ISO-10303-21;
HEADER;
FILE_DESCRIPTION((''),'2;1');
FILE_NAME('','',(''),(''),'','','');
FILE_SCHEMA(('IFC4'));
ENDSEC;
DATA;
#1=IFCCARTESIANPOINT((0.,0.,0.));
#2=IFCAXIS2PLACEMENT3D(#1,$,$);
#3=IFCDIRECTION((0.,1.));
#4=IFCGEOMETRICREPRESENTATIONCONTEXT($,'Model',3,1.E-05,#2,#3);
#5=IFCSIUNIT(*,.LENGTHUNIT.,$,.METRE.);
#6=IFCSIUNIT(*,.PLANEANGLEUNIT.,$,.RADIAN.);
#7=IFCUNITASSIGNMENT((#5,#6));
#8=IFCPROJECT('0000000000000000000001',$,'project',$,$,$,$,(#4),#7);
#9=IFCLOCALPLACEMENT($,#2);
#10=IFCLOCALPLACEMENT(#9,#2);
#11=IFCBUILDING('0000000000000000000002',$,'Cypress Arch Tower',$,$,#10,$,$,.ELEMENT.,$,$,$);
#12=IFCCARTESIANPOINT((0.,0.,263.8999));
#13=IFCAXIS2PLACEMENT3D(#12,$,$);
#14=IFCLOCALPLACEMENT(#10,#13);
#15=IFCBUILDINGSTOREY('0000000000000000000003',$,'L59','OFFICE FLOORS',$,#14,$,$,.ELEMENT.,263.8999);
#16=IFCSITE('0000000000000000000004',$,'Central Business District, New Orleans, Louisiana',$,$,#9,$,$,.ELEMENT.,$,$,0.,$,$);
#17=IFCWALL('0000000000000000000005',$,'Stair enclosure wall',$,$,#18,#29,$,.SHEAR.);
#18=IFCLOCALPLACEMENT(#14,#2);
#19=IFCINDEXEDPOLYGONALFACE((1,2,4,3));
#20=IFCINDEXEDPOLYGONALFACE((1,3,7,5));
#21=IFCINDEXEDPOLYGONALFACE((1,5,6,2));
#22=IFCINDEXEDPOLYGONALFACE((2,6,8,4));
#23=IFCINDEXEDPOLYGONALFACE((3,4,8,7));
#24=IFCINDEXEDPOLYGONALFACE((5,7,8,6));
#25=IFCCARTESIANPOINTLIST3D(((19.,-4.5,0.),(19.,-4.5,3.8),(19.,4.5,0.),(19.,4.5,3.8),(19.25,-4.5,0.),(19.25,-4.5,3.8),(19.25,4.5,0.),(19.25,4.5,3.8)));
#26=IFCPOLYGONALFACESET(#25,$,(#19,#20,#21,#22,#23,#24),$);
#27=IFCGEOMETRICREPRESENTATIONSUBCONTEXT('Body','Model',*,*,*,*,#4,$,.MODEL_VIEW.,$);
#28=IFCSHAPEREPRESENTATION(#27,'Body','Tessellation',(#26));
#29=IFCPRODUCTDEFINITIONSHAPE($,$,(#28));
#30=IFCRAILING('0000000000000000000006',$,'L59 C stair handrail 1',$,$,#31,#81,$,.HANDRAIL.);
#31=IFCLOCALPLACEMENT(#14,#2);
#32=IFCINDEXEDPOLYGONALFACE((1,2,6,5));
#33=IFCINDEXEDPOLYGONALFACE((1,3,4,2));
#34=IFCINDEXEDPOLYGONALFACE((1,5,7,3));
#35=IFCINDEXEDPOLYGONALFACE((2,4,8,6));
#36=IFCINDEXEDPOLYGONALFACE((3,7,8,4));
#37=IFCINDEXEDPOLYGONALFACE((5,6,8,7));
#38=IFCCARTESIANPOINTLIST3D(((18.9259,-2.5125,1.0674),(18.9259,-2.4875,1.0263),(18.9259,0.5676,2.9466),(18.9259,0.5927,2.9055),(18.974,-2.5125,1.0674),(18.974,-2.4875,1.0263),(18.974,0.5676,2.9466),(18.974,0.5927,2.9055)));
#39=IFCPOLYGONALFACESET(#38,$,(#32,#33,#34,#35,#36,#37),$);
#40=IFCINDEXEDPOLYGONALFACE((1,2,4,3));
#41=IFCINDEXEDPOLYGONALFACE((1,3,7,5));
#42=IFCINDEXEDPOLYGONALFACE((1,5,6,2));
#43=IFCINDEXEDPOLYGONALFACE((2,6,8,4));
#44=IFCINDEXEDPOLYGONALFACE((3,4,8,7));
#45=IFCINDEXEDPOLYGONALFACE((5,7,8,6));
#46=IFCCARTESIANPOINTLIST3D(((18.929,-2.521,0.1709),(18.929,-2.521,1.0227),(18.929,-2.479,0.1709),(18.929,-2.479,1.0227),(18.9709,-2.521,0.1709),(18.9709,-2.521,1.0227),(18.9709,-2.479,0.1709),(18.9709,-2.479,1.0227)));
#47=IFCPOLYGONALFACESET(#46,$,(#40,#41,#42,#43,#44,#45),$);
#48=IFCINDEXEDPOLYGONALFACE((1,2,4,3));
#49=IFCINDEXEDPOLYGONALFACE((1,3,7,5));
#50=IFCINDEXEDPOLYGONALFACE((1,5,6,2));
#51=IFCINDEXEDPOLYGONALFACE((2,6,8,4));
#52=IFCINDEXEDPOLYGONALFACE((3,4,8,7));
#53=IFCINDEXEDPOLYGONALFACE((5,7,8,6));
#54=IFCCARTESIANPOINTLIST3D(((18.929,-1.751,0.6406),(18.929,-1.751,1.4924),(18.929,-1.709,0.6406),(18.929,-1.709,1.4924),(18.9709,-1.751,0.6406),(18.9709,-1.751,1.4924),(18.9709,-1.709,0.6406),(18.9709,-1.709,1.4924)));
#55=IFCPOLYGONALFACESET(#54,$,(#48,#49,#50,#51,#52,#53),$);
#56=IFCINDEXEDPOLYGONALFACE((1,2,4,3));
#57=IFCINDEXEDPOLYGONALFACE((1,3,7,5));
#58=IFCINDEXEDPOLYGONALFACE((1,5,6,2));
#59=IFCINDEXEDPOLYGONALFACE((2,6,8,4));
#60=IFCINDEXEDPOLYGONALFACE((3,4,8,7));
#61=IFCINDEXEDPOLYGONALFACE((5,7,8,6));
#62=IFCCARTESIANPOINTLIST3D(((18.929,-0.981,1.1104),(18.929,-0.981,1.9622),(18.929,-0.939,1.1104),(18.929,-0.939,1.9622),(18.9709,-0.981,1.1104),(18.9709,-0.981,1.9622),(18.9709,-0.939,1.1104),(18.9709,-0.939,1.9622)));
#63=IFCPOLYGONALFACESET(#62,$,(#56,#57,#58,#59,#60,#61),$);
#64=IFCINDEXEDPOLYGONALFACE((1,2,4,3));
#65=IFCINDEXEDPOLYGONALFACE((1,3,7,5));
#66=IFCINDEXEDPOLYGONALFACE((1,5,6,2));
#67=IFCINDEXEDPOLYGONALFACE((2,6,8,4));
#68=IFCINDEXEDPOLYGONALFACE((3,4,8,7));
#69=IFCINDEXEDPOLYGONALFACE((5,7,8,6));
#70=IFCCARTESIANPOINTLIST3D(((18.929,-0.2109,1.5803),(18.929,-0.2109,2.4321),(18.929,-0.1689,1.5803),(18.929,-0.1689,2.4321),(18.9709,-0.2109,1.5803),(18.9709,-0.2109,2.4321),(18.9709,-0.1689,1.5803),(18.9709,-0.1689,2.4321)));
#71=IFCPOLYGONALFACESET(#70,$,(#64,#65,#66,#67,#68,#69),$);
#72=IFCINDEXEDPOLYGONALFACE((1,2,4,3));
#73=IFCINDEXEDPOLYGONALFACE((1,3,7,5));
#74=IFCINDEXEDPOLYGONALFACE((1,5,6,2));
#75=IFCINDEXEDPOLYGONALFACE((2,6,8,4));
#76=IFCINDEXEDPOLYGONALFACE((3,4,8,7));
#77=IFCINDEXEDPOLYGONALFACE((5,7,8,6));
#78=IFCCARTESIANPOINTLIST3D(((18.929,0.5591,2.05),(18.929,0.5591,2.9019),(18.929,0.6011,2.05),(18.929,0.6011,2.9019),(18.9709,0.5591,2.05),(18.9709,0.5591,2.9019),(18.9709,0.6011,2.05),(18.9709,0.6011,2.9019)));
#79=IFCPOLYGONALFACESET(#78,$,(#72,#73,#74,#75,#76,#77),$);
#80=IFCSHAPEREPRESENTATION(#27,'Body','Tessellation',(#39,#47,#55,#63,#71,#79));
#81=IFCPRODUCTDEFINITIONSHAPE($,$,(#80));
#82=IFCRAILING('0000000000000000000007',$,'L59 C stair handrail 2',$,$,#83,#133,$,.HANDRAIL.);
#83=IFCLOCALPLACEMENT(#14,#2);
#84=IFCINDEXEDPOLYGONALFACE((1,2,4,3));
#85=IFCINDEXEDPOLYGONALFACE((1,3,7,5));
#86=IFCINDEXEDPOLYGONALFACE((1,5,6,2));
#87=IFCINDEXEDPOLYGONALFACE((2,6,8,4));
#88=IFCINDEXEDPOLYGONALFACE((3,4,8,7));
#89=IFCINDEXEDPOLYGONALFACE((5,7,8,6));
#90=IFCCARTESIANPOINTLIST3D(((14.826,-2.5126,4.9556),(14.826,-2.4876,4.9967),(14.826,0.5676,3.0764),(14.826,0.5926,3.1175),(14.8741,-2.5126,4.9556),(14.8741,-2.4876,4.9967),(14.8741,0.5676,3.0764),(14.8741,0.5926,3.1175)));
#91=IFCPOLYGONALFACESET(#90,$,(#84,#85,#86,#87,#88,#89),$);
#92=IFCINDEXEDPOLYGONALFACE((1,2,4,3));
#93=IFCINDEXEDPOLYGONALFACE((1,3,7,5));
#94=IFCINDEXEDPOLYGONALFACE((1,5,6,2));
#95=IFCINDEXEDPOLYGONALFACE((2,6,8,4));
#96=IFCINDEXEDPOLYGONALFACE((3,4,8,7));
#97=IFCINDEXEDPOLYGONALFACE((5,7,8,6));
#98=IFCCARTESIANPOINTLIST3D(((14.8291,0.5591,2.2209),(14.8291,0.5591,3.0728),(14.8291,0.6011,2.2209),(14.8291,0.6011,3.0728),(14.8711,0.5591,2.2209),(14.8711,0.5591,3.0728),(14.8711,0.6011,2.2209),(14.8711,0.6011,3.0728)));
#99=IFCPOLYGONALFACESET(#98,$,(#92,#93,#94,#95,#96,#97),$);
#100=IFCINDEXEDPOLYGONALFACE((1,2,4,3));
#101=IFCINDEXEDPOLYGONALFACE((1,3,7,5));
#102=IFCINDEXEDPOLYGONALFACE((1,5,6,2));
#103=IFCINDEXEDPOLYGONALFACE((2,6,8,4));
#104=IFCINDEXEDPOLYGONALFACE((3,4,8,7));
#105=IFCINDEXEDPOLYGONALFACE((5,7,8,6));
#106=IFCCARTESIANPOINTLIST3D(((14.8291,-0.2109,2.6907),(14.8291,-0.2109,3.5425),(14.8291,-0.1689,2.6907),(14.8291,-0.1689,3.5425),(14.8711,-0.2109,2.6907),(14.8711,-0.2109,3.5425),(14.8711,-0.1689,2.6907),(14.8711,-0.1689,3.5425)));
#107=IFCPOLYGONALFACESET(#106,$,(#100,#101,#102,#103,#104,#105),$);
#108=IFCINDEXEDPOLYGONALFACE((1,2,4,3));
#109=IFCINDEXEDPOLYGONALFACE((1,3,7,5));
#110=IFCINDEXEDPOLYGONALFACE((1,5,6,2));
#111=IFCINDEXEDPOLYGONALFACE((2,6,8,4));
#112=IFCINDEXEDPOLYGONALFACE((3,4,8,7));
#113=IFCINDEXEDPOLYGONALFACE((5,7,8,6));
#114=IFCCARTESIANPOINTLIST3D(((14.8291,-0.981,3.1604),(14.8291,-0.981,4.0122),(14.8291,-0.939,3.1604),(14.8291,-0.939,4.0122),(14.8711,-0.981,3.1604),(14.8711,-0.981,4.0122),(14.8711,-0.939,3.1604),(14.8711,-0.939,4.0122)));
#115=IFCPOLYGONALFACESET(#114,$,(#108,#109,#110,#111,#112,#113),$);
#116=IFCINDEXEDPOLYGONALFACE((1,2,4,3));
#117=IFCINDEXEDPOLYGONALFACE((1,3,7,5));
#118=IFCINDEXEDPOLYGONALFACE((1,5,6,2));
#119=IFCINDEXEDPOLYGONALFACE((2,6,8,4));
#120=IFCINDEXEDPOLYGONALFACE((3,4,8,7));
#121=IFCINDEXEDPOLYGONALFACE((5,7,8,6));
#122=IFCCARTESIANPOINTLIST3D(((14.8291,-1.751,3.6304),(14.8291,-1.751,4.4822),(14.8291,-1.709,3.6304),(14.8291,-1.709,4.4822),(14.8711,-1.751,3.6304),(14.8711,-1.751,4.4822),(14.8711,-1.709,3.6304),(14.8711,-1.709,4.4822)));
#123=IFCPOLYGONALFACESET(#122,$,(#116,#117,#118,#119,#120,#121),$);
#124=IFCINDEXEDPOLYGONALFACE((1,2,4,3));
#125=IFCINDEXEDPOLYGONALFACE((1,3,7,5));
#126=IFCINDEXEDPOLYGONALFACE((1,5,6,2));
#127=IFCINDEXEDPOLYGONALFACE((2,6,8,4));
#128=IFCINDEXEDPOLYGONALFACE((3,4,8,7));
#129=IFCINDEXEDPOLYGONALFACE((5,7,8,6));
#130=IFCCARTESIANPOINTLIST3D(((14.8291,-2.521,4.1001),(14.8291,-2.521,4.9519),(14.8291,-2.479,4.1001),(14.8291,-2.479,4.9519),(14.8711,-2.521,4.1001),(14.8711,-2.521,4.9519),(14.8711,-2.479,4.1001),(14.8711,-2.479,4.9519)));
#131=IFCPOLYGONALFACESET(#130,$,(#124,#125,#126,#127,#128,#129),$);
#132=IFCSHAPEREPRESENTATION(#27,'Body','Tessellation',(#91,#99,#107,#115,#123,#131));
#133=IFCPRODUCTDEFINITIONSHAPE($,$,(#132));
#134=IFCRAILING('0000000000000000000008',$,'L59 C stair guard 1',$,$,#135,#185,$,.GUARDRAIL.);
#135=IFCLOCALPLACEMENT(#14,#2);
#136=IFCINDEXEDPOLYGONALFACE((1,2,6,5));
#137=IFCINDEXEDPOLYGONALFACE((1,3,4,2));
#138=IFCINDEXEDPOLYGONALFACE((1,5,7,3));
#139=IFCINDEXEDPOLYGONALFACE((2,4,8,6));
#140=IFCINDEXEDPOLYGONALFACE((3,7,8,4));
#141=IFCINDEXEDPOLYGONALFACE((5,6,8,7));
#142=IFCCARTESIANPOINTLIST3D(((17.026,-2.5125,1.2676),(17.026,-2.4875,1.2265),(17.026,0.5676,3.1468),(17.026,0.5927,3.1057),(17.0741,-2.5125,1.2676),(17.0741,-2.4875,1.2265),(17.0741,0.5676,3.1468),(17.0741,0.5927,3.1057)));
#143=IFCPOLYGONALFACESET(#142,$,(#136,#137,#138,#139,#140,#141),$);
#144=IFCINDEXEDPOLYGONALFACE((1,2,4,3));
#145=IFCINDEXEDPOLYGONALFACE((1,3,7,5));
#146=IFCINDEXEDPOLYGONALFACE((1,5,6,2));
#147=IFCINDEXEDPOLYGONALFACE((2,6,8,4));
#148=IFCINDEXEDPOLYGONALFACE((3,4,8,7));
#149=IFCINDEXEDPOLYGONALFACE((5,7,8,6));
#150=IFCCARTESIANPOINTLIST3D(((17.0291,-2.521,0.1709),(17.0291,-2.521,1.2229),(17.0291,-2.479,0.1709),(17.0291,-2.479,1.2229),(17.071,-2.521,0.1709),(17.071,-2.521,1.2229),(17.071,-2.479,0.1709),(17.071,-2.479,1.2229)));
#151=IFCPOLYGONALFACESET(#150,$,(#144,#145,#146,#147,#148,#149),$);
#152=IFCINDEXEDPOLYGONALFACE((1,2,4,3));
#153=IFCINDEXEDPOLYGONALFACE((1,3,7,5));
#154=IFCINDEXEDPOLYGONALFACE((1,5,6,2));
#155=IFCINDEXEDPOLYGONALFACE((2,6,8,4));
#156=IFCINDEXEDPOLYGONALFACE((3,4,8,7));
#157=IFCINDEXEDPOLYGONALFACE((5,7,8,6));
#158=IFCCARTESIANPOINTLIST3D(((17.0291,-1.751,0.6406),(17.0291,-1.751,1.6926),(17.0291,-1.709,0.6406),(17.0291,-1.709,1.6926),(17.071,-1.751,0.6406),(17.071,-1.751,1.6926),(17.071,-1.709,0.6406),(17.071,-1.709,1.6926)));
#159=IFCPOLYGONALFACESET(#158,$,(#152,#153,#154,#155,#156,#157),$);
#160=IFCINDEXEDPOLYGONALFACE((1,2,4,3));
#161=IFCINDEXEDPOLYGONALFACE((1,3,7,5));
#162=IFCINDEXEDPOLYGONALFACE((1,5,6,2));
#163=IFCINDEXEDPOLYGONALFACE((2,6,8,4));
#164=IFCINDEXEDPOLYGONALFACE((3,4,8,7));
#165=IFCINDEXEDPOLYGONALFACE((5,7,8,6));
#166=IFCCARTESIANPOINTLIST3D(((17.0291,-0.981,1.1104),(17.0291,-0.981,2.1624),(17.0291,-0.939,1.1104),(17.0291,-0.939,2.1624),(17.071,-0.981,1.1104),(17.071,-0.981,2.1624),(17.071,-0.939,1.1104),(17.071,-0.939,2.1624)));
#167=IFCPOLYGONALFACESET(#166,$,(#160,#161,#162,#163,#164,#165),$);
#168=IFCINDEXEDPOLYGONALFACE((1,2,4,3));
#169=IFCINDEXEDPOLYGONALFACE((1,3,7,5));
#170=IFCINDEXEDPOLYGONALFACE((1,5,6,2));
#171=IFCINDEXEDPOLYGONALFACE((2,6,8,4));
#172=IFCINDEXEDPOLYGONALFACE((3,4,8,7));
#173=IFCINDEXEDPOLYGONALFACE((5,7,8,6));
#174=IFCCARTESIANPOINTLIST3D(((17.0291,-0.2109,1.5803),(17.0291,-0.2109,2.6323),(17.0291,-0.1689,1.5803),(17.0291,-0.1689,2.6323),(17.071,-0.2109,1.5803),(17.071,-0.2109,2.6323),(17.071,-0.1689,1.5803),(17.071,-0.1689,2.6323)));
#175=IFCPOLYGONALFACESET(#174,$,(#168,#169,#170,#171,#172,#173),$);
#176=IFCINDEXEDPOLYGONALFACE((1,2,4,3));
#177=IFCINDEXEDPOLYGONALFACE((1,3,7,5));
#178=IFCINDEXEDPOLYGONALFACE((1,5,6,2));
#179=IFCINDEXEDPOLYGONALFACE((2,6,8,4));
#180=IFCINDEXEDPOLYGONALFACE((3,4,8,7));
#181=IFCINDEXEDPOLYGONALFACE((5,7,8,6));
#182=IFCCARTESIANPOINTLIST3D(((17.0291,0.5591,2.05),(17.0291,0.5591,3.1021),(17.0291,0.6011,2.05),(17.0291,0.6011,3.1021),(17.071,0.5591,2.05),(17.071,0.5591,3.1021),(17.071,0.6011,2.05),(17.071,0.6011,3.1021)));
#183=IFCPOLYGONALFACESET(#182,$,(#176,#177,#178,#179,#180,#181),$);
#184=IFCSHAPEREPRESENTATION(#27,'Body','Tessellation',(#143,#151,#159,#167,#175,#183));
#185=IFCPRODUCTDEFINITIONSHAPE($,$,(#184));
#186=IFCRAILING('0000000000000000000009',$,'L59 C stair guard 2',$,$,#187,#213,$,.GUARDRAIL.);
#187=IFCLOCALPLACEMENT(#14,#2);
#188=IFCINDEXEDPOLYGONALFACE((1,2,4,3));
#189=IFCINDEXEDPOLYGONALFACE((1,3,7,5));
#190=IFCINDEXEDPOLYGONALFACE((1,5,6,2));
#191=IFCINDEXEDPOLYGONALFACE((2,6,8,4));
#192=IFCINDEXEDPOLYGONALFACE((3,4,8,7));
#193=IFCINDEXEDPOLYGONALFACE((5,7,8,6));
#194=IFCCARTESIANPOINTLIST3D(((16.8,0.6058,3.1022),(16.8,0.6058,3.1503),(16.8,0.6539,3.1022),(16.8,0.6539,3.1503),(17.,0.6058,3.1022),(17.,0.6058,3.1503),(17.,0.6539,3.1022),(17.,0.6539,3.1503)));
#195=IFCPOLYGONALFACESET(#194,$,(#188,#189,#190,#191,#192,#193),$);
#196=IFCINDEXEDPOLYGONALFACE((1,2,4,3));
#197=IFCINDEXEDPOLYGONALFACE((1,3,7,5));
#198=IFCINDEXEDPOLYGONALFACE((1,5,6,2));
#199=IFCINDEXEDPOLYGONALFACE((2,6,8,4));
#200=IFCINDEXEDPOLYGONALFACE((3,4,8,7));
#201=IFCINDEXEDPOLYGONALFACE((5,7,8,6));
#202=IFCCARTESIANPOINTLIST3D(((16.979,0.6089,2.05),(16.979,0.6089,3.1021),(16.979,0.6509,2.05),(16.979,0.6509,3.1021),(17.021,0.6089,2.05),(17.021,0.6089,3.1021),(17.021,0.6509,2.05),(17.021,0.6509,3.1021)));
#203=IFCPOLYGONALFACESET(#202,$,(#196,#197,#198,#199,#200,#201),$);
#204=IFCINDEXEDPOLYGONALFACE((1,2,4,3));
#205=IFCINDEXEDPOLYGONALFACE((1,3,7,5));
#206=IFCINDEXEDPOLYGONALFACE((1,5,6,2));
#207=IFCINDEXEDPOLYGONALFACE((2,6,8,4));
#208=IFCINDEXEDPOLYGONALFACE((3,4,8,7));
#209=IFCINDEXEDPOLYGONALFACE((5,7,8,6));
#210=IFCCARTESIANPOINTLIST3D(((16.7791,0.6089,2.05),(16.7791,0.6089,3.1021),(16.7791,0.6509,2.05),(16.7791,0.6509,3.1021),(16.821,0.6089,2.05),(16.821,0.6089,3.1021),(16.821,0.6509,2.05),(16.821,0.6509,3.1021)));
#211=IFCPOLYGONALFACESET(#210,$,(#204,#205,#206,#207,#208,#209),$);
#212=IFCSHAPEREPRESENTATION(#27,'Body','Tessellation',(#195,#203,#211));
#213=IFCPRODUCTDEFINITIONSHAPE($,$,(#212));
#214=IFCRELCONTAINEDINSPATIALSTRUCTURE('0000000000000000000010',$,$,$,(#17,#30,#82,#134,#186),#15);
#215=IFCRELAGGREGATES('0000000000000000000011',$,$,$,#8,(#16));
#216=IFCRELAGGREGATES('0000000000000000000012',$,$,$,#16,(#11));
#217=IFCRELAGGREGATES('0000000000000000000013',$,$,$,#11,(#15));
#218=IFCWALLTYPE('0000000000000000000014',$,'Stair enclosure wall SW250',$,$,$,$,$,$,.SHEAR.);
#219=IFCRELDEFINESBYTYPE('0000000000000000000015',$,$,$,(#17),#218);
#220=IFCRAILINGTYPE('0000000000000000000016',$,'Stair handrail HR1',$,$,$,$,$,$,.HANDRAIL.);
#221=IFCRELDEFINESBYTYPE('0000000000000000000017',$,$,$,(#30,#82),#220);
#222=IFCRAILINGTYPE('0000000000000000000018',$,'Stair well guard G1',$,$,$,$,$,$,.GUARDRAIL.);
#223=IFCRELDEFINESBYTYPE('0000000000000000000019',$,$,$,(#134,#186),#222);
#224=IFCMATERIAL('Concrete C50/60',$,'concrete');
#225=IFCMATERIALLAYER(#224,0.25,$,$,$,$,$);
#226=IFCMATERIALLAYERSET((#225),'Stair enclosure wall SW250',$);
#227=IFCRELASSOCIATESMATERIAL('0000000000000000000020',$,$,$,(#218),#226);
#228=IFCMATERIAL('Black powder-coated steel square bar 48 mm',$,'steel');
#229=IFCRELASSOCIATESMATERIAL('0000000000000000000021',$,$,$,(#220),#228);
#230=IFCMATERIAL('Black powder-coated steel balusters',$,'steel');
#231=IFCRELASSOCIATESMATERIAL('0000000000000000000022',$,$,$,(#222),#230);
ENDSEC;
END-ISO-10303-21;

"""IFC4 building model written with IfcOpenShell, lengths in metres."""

from ifc_helpers import new_model, si_unit, direction, frame, frame_2d, origin, origin_2d, place, context, subcontext, project, spatial, rectangle, extrude, material, layer, layer_set, type_object, element, save


model = new_model("IFC4")

# Units and contexts
model_context = context("Model", 3, precision=1e-05, world=origin(), true_north=direction((0.0, 1.0)))
body_context = subcontext(model_context, "Body", "Model", "MODEL_VIEW")
ifc_project = project(units=[si_unit("LENGTHUNIT", "METRE"), si_unit("PLANEANGLEUNIT", "RADIAN")], contexts=[model_context])

# Site, building, storey
site_placement = place(None, origin())
site = spatial("IfcSite", under=ifc_project, at=site_placement, Name="Central Business District, New Orleans, Louisiana", CompositionType="ELEMENT", RefElevation=0.0)
building_placement = place(site_placement, origin())
building = spatial("IfcBuilding", under=site, at=building_placement, Name="Cypress Arch Tower", CompositionType="ELEMENT")
storey_placement = place(building_placement, frame((0.0, 0.0, 263.8999)))
storey = spatial("IfcBuildingStorey", under=building, at=storey_placement, Name="L59", Description="OFFICE FLOORS", CompositionType="ELEMENT", Elevation=263.8999)

# Wall
ifc_material_1 = material(Name="Concrete C50/60", Category="concrete")
ifc_layer_1 = layer(ifc_material_1, 0.25)
ifc_layer_set_1 = layer_set([ifc_layer_1], Name="Stair enclosure wall SW250")
wall_type_1 = type_object("IfcWallType", Name="Stair enclosure wall SW250", PredefinedType="SHEAR", material=ifc_layer_set_1)
wall_1_placement = place(storey_placement, frame((19.125, -4.5, 0.0), z_axis=(0.0, 0.0, 1.0), x_axis=(0.0, 1.0, 0.0)))
element("IfcWall", 1, at=wall_1_placement, inside=storey, type_object=wall_type_1, Name="Stair enclosure wall", PredefinedType="SHEAR", context=body_context, shape_type="SweptSolid", body=[
    extrude(rectangle(XDim=9.0, YDim=0.25, at=frame_2d((4.5, 0.0))), origin(), (0.0, 0.0, 1.0), 3.8),
])

# Railings
ifc_material_2 = material(Name="Black powder-coated steel square bar 48 mm", Category="steel")
railing_type_1 = type_object("IfcRailingType", Name="Stair handrail HR1", PredefinedType="HANDRAIL", material=ifc_material_2)
railing_1_placement = place(storey_placement, frame((18.95, -2.5, 0.1709)))
element("IfcRailing", 2, at=railing_1_placement, inside=storey, type_object=railing_type_1, Name="L59 C stair handrail 1", PredefinedType="HANDRAIL", context=body_context, shape_type="SweptSolid", body=[
    extrude(rectangle(XDim=0.0481, YDim=0.0481, at=origin_2d()), frame((0.0, 0.0, 0.876), z_axis=(0.0, 0.853666, 0.52082), x_axis=(-1.0, 0.0, 0.0)), (0.0, 0.0, 1.0), 3.6082),
    extrude(rectangle(XDim=0.042, YDim=0.042, at=origin_2d()), origin(), (0.0, 0.0, 1.0), 0.8518),
    extrude(rectangle(XDim=0.042, YDim=0.042, at=origin_2d()), frame((0.0, 0.77, 0.4697)), (0.0, 0.0, 1.0), 0.8518),
    extrude(rectangle(XDim=0.042, YDim=0.042, at=origin_2d()), frame((0.0, 1.54, 0.9395)), (0.0, 0.0, 1.0), 0.8518),
    extrude(rectangle(XDim=0.042, YDim=0.042, at=origin_2d()), frame((0.0, 2.3101, 1.4094)), (0.0, 0.0, 1.0), 0.8518),
    extrude(rectangle(XDim=0.042, YDim=0.042, at=origin_2d()), frame((0.0, 3.0801, 1.8792)), (0.0, 0.0, 1.0), 0.8518),
])
railing_2_placement = place(storey_placement, frame((14.8501, 0.5801, 2.2209)))
element("IfcRailing", 3, at=railing_2_placement, inside=storey, type_object=railing_type_1, Name="L59 C stair handrail 2", PredefinedType="HANDRAIL", context=body_context, shape_type="SweptSolid", body=[
    extrude(rectangle(XDim=0.0481, YDim=0.0481, at=origin_2d()), frame((0.0, 0.0, 0.876), z_axis=(0.0, -0.853666, 0.52082), x_axis=(1.0, 0.0, 0.0)), (0.0, 0.0, 1.0), 3.6082),
    extrude(rectangle(XDim=0.042, YDim=0.042, at=origin_2d()), origin(), (0.0, 0.0, 1.0), 0.8518),
    extrude(rectangle(XDim=0.042, YDim=0.042, at=origin_2d()), frame((0.0, -0.77, 0.4697)), (0.0, 0.0, 1.0), 0.8518),
    extrude(rectangle(XDim=0.042, YDim=0.042, at=origin_2d()), frame((0.0, -1.54, 0.9395)), (0.0, 0.0, 1.0), 0.8518),
    extrude(rectangle(XDim=0.042, YDim=0.042, at=origin_2d()), frame((0.0, -2.3101, 1.4094)), (0.0, 0.0, 1.0), 0.8518),
    extrude(rectangle(XDim=0.042, YDim=0.042, at=origin_2d()), frame((0.0, -3.0801, 1.8792)), (0.0, 0.0, 1.0), 0.8518),
])
ifc_material_3 = material(Name="Black powder-coated steel balusters", Category="steel")
railing_type_2 = type_object("IfcRailingType", Name="Stair well guard G1", PredefinedType="GUARDRAIL", material=ifc_material_3)
railing_3_placement = place(storey_placement, frame((17.05, -2.5, 0.1709)))
element("IfcRailing", 4, at=railing_3_placement, inside=storey, type_object=railing_type_2, Name="L59 C stair guard 1", PredefinedType="GUARDRAIL", context=body_context, shape_type="SweptSolid", body=[
    extrude(rectangle(XDim=0.0481, YDim=0.0481, at=origin_2d()), frame((0.0, 0.0, 1.0762), z_axis=(0.0, 0.853666, 0.52082), x_axis=(-1.0, 0.0, 0.0)), (0.0, 0.0, 1.0), 3.6082),
    extrude(rectangle(XDim=0.042, YDim=0.042, at=origin_2d()), origin(), (0.0, 0.0, 1.0), 1.052),
    extrude(rectangle(XDim=0.042, YDim=0.042, at=origin_2d()), frame((0.0, 0.77, 0.4697)), (0.0, 0.0, 1.0), 1.052),
    extrude(rectangle(XDim=0.042, YDim=0.042, at=origin_2d()), frame((0.0, 1.54, 0.9395)), (0.0, 0.0, 1.0), 1.052),
    extrude(rectangle(XDim=0.042, YDim=0.042, at=origin_2d()), frame((0.0, 2.3101, 1.4094)), (0.0, 0.0, 1.0), 1.052),
    extrude(rectangle(XDim=0.042, YDim=0.042, at=origin_2d()), frame((0.0, 3.0801, 1.8792)), (0.0, 0.0, 1.0), 1.052),
])
railing_4_placement = place(storey_placement, frame((17.0, 0.6299, 2.05)))
element("IfcRailing", 5, at=railing_4_placement, inside=storey, type_object=railing_type_2, Name="L59 C stair guard 2", PredefinedType="GUARDRAIL", context=body_context, shape_type="SweptSolid", body=[
    extrude(rectangle(XDim=0.0481, YDim=0.0481, at=origin_2d()), frame((0.0, 0.0, 1.0762), z_axis=(-1.0, 0.0, 0.0), x_axis=(0.0, -1.0, 0.0)), (0.0, 0.0, 1.0), 0.2),
    extrude(rectangle(XDim=0.042, YDim=0.042, at=origin_2d()), origin(), (0.0, 0.0, 1.0), 1.052),
    extrude(rectangle(XDim=0.042, YDim=0.042, at=origin_2d()), frame((-0.2, 0.0, 0.0)), (0.0, 0.0, 1.0), 1.052),
])

save(model, "model.ifc")
